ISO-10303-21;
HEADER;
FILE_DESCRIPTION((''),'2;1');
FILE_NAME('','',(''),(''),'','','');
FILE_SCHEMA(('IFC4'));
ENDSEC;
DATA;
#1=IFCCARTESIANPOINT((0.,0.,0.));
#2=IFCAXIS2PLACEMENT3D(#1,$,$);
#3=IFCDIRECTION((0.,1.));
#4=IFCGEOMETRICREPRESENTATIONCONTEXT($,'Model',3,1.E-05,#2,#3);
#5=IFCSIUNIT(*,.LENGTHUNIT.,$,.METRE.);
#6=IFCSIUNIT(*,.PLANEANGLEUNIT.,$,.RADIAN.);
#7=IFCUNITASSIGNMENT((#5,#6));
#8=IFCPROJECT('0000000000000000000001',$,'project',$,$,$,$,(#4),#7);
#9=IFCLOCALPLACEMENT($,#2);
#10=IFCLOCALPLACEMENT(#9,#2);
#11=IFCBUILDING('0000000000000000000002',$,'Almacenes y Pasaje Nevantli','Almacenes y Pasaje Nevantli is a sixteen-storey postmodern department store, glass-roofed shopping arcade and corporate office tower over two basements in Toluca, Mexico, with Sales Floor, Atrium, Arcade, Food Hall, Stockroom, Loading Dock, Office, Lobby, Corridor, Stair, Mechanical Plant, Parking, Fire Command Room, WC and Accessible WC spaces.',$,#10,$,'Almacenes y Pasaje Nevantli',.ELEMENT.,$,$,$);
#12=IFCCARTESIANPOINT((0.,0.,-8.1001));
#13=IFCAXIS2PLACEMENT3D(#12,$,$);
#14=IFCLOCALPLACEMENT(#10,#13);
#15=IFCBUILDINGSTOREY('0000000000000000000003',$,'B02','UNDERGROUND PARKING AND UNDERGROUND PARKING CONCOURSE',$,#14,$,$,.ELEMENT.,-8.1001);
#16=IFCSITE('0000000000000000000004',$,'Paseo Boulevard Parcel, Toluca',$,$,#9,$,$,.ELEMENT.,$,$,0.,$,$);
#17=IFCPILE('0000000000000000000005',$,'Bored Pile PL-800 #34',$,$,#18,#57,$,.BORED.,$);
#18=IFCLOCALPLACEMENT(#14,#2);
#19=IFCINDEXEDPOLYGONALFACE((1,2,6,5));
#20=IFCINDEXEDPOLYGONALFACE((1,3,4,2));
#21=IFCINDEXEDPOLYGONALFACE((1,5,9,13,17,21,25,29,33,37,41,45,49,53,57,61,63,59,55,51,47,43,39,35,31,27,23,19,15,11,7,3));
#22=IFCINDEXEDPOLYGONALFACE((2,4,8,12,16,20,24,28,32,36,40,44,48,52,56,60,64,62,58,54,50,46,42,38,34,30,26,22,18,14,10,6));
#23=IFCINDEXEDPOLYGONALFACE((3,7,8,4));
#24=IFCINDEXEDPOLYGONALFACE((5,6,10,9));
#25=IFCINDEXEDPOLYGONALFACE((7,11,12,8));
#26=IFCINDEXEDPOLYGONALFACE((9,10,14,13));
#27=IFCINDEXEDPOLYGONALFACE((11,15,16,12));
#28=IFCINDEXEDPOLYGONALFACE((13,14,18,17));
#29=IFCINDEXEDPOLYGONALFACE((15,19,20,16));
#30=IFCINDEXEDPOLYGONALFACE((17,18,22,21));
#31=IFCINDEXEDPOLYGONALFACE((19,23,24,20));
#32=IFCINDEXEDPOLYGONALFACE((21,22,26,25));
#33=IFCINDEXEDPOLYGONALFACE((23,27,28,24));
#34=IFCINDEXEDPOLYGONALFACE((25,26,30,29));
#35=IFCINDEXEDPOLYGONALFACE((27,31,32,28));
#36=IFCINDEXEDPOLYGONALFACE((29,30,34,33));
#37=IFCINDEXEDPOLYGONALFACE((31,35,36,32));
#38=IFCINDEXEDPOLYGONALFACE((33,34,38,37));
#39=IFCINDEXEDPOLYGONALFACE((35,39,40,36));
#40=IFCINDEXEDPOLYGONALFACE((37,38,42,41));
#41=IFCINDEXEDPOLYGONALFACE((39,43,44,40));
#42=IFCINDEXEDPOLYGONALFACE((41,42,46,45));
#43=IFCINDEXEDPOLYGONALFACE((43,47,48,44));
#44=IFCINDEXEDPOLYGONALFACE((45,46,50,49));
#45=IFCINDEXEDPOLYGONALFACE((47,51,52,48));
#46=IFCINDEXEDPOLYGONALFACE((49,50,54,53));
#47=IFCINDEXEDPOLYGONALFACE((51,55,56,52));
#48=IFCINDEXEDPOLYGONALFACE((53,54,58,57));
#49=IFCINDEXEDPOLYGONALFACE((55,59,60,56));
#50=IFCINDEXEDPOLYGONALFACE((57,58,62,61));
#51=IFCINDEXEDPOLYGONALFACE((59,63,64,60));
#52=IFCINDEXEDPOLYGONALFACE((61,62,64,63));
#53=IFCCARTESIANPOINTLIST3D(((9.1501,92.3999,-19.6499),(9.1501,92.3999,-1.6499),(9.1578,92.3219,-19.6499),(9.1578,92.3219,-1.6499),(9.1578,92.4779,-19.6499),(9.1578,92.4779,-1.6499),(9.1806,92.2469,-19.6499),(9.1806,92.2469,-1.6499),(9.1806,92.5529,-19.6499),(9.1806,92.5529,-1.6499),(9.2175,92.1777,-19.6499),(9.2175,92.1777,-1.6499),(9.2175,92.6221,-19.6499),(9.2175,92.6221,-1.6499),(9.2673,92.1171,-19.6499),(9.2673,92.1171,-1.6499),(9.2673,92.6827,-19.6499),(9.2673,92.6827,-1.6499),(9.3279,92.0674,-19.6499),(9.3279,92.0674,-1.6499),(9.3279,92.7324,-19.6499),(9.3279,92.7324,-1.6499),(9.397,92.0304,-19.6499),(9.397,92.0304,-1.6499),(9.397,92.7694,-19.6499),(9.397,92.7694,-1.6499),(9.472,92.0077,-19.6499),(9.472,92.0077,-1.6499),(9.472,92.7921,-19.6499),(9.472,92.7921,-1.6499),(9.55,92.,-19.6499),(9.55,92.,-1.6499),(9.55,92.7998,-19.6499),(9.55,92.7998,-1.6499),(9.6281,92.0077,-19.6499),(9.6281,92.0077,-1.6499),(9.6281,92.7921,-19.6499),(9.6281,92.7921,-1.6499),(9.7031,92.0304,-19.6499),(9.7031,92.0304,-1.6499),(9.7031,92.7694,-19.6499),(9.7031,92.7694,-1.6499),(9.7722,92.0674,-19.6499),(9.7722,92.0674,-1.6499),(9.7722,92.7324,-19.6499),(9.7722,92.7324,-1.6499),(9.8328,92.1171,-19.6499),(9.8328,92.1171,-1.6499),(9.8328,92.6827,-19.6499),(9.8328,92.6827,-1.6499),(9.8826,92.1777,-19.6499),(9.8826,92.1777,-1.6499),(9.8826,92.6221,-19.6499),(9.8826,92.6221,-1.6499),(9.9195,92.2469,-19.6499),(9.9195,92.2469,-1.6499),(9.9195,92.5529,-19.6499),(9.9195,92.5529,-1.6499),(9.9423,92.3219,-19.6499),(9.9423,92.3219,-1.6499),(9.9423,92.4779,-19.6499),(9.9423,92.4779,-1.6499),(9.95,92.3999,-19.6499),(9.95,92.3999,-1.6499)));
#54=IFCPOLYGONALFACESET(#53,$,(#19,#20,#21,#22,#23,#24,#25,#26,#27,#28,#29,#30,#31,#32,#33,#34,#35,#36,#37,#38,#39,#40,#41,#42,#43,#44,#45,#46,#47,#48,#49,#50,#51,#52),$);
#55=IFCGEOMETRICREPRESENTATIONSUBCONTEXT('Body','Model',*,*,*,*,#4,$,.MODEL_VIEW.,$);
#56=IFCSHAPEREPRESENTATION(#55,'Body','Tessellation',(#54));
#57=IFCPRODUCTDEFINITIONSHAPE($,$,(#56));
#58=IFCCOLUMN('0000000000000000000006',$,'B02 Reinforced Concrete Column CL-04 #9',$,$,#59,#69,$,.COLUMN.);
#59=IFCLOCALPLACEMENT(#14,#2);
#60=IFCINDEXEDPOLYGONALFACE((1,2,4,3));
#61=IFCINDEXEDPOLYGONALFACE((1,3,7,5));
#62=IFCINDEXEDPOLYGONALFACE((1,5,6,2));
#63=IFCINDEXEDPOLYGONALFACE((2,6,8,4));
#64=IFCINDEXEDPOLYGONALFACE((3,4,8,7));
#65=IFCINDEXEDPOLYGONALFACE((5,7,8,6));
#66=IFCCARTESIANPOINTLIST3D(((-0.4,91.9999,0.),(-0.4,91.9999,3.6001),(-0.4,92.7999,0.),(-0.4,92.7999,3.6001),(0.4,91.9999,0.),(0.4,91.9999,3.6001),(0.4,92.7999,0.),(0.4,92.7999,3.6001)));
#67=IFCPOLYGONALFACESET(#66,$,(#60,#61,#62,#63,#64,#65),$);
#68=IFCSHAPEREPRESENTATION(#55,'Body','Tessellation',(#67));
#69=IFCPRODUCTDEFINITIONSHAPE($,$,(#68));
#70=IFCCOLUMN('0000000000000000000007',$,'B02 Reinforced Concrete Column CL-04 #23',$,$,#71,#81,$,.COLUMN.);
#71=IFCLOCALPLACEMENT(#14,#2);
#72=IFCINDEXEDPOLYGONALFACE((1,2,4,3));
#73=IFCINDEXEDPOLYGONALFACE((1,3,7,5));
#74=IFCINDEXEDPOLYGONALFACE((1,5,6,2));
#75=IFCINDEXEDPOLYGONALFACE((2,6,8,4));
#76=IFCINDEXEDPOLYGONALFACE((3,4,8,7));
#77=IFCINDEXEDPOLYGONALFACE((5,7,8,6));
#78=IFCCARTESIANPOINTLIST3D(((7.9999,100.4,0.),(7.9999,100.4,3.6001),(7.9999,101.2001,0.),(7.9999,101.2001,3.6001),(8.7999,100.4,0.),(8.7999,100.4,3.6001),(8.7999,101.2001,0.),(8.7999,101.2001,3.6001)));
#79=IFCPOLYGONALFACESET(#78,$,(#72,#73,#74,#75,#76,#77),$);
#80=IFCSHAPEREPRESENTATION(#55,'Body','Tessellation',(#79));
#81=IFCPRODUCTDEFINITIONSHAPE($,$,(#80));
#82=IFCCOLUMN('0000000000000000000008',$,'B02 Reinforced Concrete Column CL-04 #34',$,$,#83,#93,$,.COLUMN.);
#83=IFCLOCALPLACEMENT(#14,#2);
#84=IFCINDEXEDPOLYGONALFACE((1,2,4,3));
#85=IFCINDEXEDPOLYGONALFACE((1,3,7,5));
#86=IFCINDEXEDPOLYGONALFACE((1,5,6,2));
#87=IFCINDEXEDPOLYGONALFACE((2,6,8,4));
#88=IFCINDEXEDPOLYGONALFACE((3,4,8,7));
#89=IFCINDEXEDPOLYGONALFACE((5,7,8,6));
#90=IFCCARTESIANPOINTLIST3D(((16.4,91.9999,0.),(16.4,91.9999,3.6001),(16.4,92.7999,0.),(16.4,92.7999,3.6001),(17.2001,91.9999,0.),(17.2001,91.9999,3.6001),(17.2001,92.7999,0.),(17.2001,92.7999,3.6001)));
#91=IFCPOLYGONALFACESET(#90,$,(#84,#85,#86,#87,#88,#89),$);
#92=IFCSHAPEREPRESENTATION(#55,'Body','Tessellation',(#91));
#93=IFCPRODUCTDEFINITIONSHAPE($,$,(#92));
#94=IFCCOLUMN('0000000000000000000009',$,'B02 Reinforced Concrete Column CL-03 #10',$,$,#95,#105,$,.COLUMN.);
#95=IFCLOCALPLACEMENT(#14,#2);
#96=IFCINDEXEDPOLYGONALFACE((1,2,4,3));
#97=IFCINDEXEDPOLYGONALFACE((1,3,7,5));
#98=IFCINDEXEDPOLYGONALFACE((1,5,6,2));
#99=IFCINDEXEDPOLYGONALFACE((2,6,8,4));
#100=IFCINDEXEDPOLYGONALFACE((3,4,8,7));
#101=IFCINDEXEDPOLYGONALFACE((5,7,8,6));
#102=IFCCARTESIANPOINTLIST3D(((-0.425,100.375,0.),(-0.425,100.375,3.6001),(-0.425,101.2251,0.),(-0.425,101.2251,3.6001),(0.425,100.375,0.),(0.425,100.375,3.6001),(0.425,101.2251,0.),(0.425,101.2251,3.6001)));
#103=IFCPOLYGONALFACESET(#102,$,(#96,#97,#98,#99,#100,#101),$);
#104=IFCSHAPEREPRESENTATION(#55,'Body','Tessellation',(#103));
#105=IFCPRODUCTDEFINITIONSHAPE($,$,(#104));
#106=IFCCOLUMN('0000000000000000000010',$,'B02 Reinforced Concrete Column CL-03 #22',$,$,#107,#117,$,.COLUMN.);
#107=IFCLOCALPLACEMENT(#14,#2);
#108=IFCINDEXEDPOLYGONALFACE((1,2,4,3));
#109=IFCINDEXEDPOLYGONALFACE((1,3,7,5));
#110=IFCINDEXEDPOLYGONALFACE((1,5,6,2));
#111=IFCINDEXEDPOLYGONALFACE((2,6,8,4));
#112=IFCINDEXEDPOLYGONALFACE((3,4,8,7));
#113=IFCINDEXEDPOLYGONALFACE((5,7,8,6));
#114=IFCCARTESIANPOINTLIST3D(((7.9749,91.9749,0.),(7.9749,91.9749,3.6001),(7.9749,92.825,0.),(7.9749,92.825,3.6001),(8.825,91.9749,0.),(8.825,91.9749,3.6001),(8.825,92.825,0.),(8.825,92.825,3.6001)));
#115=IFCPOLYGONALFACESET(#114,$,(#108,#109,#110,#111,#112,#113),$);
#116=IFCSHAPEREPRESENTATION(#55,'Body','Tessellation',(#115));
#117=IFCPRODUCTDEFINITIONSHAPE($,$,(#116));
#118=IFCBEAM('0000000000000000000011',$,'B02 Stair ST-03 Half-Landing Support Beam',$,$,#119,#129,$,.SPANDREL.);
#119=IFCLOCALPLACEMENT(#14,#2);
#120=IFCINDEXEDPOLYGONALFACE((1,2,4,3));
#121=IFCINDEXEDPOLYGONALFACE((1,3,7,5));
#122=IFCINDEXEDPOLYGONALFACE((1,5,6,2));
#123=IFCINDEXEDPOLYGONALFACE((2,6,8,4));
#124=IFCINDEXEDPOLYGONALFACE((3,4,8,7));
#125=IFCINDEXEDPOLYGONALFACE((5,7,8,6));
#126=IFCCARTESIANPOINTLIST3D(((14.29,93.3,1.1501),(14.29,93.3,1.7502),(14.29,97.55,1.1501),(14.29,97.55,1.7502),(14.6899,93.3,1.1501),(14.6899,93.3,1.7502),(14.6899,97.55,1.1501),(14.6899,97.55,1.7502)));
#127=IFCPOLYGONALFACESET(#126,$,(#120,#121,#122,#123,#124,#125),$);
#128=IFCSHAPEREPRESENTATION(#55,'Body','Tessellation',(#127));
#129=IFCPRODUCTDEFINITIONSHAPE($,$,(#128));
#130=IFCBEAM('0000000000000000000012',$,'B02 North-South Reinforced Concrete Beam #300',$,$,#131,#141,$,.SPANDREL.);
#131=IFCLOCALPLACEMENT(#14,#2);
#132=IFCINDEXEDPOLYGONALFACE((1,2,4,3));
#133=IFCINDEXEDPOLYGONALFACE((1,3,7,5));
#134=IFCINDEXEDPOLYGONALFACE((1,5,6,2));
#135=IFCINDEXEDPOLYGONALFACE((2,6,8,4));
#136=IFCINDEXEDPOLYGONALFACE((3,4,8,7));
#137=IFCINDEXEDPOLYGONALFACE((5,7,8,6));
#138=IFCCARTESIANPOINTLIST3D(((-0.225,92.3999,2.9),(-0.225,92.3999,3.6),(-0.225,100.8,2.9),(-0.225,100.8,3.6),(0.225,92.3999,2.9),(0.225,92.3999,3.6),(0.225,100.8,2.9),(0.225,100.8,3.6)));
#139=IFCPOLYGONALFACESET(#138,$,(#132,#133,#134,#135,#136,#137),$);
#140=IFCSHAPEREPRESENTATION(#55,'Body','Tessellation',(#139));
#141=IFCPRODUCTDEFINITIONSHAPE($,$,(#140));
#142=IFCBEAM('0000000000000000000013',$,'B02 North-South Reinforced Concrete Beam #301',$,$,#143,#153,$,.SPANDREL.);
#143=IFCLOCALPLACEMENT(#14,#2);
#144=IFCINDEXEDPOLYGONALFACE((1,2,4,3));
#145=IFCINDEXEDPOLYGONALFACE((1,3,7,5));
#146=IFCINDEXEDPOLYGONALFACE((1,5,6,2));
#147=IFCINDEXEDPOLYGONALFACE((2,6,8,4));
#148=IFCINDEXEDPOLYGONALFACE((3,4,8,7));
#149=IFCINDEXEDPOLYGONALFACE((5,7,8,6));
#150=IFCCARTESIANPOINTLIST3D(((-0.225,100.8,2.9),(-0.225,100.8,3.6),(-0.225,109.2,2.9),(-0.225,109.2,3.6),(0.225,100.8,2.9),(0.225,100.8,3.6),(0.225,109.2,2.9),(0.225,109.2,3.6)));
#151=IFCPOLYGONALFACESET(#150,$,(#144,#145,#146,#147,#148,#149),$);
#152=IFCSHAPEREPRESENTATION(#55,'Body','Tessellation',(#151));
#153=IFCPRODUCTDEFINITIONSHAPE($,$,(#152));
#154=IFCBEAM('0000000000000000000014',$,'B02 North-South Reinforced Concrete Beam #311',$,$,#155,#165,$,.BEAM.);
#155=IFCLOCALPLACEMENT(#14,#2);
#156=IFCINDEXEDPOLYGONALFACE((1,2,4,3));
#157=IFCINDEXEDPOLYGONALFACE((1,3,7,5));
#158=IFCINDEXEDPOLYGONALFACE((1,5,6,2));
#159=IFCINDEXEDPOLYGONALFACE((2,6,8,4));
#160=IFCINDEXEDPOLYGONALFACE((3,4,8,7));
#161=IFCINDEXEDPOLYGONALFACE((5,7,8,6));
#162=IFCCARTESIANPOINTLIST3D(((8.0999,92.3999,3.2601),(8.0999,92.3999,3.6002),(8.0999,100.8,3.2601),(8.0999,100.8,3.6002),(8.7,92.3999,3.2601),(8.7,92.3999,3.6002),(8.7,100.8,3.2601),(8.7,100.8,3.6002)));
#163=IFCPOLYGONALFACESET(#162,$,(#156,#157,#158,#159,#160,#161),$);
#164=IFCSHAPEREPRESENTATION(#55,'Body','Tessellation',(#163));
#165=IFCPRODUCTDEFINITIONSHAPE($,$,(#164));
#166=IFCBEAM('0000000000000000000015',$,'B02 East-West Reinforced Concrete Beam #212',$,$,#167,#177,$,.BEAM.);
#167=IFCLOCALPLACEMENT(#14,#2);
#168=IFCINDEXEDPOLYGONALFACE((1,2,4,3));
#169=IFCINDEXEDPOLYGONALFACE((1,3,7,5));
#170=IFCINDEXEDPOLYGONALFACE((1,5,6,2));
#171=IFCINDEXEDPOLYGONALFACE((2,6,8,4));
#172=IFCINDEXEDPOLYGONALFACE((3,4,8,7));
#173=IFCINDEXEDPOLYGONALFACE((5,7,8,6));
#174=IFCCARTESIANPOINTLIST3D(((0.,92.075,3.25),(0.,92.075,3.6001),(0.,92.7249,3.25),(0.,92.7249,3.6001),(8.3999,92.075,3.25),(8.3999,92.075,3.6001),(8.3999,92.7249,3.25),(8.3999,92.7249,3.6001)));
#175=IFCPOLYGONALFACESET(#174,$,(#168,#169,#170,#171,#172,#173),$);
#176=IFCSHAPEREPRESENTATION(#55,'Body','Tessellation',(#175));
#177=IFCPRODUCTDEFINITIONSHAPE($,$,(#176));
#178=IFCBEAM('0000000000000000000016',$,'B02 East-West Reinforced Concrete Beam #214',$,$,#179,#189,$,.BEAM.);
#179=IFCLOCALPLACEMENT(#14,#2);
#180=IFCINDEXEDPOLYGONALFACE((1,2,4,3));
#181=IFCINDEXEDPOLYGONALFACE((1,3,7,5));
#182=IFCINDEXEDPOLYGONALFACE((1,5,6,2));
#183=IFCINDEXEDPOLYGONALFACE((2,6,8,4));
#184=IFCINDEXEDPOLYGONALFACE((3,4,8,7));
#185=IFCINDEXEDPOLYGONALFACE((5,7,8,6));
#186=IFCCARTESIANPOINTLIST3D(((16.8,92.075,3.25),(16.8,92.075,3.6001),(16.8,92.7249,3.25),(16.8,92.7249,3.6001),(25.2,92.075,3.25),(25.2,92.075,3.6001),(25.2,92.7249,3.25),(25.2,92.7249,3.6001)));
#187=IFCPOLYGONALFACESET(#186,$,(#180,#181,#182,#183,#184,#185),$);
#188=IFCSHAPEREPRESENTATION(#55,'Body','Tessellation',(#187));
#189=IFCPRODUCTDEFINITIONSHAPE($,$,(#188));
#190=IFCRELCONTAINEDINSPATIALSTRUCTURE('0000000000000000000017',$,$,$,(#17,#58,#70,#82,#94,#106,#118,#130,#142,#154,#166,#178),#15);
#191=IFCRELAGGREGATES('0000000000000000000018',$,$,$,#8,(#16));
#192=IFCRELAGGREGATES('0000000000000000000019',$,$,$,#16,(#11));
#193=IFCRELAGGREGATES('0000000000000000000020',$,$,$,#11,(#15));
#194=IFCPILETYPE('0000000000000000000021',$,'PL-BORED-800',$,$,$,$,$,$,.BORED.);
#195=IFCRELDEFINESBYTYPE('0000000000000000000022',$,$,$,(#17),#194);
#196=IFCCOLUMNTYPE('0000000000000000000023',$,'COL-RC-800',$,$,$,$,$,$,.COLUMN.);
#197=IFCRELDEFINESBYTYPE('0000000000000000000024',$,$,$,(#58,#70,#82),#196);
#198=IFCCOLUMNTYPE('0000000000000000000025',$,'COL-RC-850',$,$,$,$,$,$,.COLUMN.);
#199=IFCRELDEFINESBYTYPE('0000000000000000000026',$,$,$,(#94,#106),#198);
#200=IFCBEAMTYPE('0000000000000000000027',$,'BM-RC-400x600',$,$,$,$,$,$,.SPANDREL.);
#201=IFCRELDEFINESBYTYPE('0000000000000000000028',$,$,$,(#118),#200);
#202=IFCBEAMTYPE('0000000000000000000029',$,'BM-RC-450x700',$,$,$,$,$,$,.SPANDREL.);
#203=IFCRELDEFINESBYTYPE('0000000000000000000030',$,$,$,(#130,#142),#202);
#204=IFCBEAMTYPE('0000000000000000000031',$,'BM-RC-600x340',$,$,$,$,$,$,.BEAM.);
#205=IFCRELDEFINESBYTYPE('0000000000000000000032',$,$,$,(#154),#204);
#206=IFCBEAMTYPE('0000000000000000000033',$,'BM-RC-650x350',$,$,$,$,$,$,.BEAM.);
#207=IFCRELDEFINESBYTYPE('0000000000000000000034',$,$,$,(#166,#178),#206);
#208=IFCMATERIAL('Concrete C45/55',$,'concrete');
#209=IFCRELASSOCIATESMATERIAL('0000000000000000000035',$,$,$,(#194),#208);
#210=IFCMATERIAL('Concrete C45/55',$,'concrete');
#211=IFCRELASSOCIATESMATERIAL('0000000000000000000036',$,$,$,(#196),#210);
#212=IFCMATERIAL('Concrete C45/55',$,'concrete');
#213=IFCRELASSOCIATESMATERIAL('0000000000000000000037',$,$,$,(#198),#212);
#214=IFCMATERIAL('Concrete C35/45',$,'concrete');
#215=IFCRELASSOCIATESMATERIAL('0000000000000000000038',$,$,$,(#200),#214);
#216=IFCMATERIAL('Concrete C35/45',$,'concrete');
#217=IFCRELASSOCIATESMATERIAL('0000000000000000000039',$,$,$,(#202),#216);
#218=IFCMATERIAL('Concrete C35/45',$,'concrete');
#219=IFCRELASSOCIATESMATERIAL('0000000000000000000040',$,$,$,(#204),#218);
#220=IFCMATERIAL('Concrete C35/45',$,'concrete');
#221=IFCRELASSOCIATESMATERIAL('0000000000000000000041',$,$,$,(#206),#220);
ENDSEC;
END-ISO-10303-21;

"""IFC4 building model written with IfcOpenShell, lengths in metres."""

from ifc_helpers import new_model, si_unit, direction, frame, origin, origin_2d, place, context, subcontext, project, spatial, rectangle, circle, extrude, material, material_profile, profile_set, type_object, element, save


model = new_model("IFC4")

# Units and contexts
model_context = context("Model", 3, precision=1e-05, world=origin(), true_north=direction((0.0, 1.0)))
body_context = subcontext(model_context, "Body", "Model", "MODEL_VIEW")
ifc_project = project(units=[si_unit("LENGTHUNIT", "METRE"), si_unit("PLANEANGLEUNIT", "RADIAN")], contexts=[model_context])

# Site, building, storey
site_placement = place(None, origin())
site = spatial("IfcSite", under=ifc_project, at=site_placement, Name="Paseo Boulevard Parcel, Toluca", CompositionType="ELEMENT", RefElevation=0.0)
building_placement = place(site_placement, origin())
building = spatial("IfcBuilding", under=site, at=building_placement, Name="Almacenes y Pasaje Nevantli", Description="Almacenes y Pasaje Nevantli is a sixteen-storey postmodern department store, glass-roofed shopping arcade and corporate office tower over two basements in Toluca, Mexico, with Sales Floor, Atrium, Arcade, Food Hall, Stockroom, Loading Dock, Office, Lobby, Corridor, Stair, Mechanical Plant, Parking, Fire Command Room, WC and Accessible WC spaces.", LongName="Almacenes y Pasaje Nevantli", CompositionType="ELEMENT")
storey_placement = place(building_placement, frame((0.0, 0.0, -8.1001)))
storey = spatial("IfcBuildingStorey", under=building, at=storey_placement, Name="B02", Description="UNDERGROUND PARKING AND UNDERGROUND PARKING CONCOURSE", CompositionType="ELEMENT", Elevation=-8.1001)

# Pile
ifc_material_1 = material(Name="Concrete C45/55", Category="concrete")
ifc_material_profile_1 = material_profile(ifc_material_1, circle(Radius=0.3999, at=origin_2d()), Name="RC-PILE-D800")
ifc_profile_set_1 = profile_set([ifc_material_profile_1], Name="Concrete C45/55")
pile_type_1 = type_object("IfcPileType", Name="PL-BORED-800", PredefinedType="BORED", material=ifc_profile_set_1)
for number, where, z_axis, x_axis, name in (
    (1, (9.55, 92.3999, -1.6499), (0.0, 0.0, -1.0), (1.0, 0.0, 0.0), "Bored Pile PL-800 #34"),
):
    element("IfcPile", number, at=place(storey_placement, frame(where, z_axis=z_axis, x_axis=x_axis)), inside=storey, type_object=pile_type_1, Name=name, PredefinedType="BORED", context=body_context, shape_type="SweptSolid", body=[
        extrude(circle(Radius=0.3999, at=origin_2d()), origin(), (0.0, 0.0, 1.0), 18.0),
    ])

# Columns
ifc_material_2 = material(Name="Concrete C45/55", Category="concrete")
ifc_material_profile_2 = material_profile(ifc_material_2, rectangle(XDim=0.8, YDim=0.8, at=origin_2d()), Name="RC-COL-800x800")
ifc_profile_set_2 = profile_set([ifc_material_profile_2], Name="Concrete C45/55")
column_type_1 = type_object("IfcColumnType", Name="COL-RC-800", PredefinedType="COLUMN", material=ifc_profile_set_2)
for number, where, z_axis, x_axis, name in (
    (2, (0.0, 92.3999, 0.0), (0.0, 0.0, 1.0), (1.0, 0.0, 0.0), "B02 Reinforced Concrete Column CL-04 #9"),
    (3, (8.3999, 100.8, 0.0), (0.0, 0.0, 1.0), (1.0, 0.0, 0.0), "B02 Reinforced Concrete Column CL-04 #23"),
    (4, (16.8, 92.3999, 0.0), (0.0, 0.0, 1.0), (1.0, 0.0, 0.0), "B02 Reinforced Concrete Column CL-04 #34"),
):
    element("IfcColumn", number, at=place(storey_placement, frame(where, z_axis=z_axis, x_axis=x_axis)), inside=storey, type_object=column_type_1, Name=name, PredefinedType="COLUMN", context=body_context, shape_type="SweptSolid", body=[
        extrude(rectangle(XDim=0.8, YDim=0.8, at=origin_2d()), origin(), (0.0, 0.0, 1.0), 3.6001),
    ])
ifc_material_3 = material(Name="Concrete C45/55", Category="concrete")
ifc_material_profile_3 = material_profile(ifc_material_3, rectangle(XDim=0.8501, YDim=0.8501, at=origin_2d()), Name="RC-COL-850x850")
ifc_profile_set_3 = profile_set([ifc_material_profile_3], Name="Concrete C45/55")
column_type_2 = type_object("IfcColumnType", Name="COL-RC-850", PredefinedType="COLUMN", material=ifc_profile_set_3)
for number, where, z_axis, x_axis, name in (
    (5, (0.0, 100.8, 0.0), (0.0, 0.0, 1.0), (1.0, 0.0, 0.0), "B02 Reinforced Concrete Column CL-03 #10"),
    (6, (8.3999, 92.3999, 0.0), (0.0, 0.0, 1.0), (1.0, 0.0, 0.0), "B02 Reinforced Concrete Column CL-03 #22"),
):
    element("IfcColumn", number, at=place(storey_placement, frame(where, z_axis=z_axis, x_axis=x_axis)), inside=storey, type_object=column_type_2, Name=name, PredefinedType="COLUMN", context=body_context, shape_type="SweptSolid", body=[
        extrude(rectangle(XDim=0.8501, YDim=0.8501, at=origin_2d()), origin(), (0.0, 0.0, 1.0), 3.6001),
    ])

# Beams
ifc_material_4 = material(Name="Concrete C35/45", Category="concrete")
ifc_material_profile_4 = material_profile(ifc_material_4, rectangle(XDim=0.3999, YDim=0.6001, at=origin_2d()), Name="RC-BM-400x600")
ifc_profile_set_4 = profile_set([ifc_material_profile_4], Name="Concrete C35/45")
beam_type_1 = type_object("IfcBeamType", Name="BM-RC-400x600", PredefinedType="SPANDREL", material=ifc_profile_set_4)
beam_1_placement = place(storey_placement, frame((14.49, 93.3, 1.4502), z_axis=(0.0, 1.0, 0.0), x_axis=(-1.0, 0.0, 0.0)))
element("IfcBeam", 7, at=beam_1_placement, inside=storey, type_object=beam_type_1, Name="B02 Stair ST-03 Half-Landing Support Beam", PredefinedType="SPANDREL", context=body_context, shape_type="SweptSolid", body=[
    extrude(rectangle(XDim=0.3999, YDim=0.6001, at=origin_2d()), origin(), (0.0, 0.0, 1.0), 4.25),
])
ifc_material_5 = material(Name="Concrete C35/45", Category="concrete")
ifc_material_profile_5 = material_profile(ifc_material_5, rectangle(XDim=0.45, YDim=0.7, at=origin_2d()), Name="RC-BM-450x700")
ifc_profile_set_5 = profile_set([ifc_material_profile_5], Name="Concrete C35/45")
beam_type_2 = type_object("IfcBeamType", Name="BM-RC-450x700", PredefinedType="SPANDREL", material=ifc_profile_set_5)
beam_2_placement = place(storey_placement, frame((0.0, 92.3999, 3.25), z_axis=(0.0, 1.0, 0.0), x_axis=(-1.0, 0.0, 0.0)))
element("IfcBeam", 8, at=beam_2_placement, inside=storey, type_object=beam_type_2, Name="B02 North-South Reinforced Concrete Beam #300", PredefinedType="SPANDREL", context=body_context, shape_type="SweptSolid", body=[
    extrude(rectangle(XDim=0.45, YDim=0.7, at=origin_2d()), origin(), (0.0, 0.0, 1.0), 8.4001),
])
beam_3_placement = place(storey_placement, frame((0.0, 100.8, 3.25), z_axis=(0.0, 1.0, 0.0), x_axis=(-1.0, 0.0, 0.0)))
element("IfcBeam", 9, at=beam_3_placement, inside=storey, type_object=beam_type_2, Name="B02 North-South Reinforced Concrete Beam #301", PredefinedType="SPANDREL", context=body_context, shape_type="SweptSolid", body=[
    extrude(rectangle(XDim=0.45, YDim=0.7, at=origin_2d()), origin(), (0.0, 0.0, 1.0), 8.3999),
])
ifc_material_6 = material(Name="Concrete C35/45", Category="concrete")
ifc_material_profile_6 = material_profile(ifc_material_6, rectangle(XDim=0.6001, YDim=0.3401, at=origin_2d()), Name="RC-BM-600x340")
ifc_profile_set_6 = profile_set([ifc_material_profile_6], Name="Concrete C35/45")
beam_type_3 = type_object("IfcBeamType", Name="BM-RC-600x340", PredefinedType="BEAM", material=ifc_profile_set_6)
beam_4_placement = place(storey_placement, frame((8.3999, 92.3999, 3.4302), z_axis=(0.0, 1.0, 0.0), x_axis=(-1.0, 0.0, 0.0)))
element("IfcBeam", 10, at=beam_4_placement, inside=storey, type_object=beam_type_3, Name="B02 North-South Reinforced Concrete Beam #311", PredefinedType="BEAM", context=body_context, shape_type="SweptSolid", body=[
    extrude(rectangle(XDim=0.6001, YDim=0.3401, at=origin_2d()), origin(), (0.0, 0.0, 1.0), 8.4001),
])
ifc_material_7 = material(Name="Concrete C35/45", Category="concrete")
ifc_material_profile_7 = material_profile(ifc_material_7, rectangle(XDim=0.6499, YDim=0.3501, at=origin_2d()), Name="RC-BM-650x350")
ifc_profile_set_7 = profile_set([ifc_material_profile_7], Name="Concrete C35/45")
beam_type_4 = type_object("IfcBeamType", Name="BM-RC-650x350", PredefinedType="BEAM", material=ifc_profile_set_7)
for number, where, z_axis, x_axis, name in (
    (11, (0.0, 92.3999, 3.425), (1.0, 0.0, 0.0), (0.0, 1.0, 0.0), "B02 East-West Reinforced Concrete Beam #212"),
    (12, (16.8, 92.3999, 3.425), (1.0, 0.0, 0.0), (0.0, 1.0, 0.0), "B02 East-West Reinforced Concrete Beam #214"),
):
    element("IfcBeam", number, at=place(storey_placement, frame(where, z_axis=z_axis, x_axis=x_axis)), inside=storey, type_object=beam_type_4, Name=name, PredefinedType="BEAM", context=body_context, shape_type="SweptSolid", body=[
        extrude(rectangle(XDim=0.6499, YDim=0.3501, at=origin_2d()), origin(), (0.0, 0.0, 1.0), 8.3999),
    ])

save(model, "model.ifc")
